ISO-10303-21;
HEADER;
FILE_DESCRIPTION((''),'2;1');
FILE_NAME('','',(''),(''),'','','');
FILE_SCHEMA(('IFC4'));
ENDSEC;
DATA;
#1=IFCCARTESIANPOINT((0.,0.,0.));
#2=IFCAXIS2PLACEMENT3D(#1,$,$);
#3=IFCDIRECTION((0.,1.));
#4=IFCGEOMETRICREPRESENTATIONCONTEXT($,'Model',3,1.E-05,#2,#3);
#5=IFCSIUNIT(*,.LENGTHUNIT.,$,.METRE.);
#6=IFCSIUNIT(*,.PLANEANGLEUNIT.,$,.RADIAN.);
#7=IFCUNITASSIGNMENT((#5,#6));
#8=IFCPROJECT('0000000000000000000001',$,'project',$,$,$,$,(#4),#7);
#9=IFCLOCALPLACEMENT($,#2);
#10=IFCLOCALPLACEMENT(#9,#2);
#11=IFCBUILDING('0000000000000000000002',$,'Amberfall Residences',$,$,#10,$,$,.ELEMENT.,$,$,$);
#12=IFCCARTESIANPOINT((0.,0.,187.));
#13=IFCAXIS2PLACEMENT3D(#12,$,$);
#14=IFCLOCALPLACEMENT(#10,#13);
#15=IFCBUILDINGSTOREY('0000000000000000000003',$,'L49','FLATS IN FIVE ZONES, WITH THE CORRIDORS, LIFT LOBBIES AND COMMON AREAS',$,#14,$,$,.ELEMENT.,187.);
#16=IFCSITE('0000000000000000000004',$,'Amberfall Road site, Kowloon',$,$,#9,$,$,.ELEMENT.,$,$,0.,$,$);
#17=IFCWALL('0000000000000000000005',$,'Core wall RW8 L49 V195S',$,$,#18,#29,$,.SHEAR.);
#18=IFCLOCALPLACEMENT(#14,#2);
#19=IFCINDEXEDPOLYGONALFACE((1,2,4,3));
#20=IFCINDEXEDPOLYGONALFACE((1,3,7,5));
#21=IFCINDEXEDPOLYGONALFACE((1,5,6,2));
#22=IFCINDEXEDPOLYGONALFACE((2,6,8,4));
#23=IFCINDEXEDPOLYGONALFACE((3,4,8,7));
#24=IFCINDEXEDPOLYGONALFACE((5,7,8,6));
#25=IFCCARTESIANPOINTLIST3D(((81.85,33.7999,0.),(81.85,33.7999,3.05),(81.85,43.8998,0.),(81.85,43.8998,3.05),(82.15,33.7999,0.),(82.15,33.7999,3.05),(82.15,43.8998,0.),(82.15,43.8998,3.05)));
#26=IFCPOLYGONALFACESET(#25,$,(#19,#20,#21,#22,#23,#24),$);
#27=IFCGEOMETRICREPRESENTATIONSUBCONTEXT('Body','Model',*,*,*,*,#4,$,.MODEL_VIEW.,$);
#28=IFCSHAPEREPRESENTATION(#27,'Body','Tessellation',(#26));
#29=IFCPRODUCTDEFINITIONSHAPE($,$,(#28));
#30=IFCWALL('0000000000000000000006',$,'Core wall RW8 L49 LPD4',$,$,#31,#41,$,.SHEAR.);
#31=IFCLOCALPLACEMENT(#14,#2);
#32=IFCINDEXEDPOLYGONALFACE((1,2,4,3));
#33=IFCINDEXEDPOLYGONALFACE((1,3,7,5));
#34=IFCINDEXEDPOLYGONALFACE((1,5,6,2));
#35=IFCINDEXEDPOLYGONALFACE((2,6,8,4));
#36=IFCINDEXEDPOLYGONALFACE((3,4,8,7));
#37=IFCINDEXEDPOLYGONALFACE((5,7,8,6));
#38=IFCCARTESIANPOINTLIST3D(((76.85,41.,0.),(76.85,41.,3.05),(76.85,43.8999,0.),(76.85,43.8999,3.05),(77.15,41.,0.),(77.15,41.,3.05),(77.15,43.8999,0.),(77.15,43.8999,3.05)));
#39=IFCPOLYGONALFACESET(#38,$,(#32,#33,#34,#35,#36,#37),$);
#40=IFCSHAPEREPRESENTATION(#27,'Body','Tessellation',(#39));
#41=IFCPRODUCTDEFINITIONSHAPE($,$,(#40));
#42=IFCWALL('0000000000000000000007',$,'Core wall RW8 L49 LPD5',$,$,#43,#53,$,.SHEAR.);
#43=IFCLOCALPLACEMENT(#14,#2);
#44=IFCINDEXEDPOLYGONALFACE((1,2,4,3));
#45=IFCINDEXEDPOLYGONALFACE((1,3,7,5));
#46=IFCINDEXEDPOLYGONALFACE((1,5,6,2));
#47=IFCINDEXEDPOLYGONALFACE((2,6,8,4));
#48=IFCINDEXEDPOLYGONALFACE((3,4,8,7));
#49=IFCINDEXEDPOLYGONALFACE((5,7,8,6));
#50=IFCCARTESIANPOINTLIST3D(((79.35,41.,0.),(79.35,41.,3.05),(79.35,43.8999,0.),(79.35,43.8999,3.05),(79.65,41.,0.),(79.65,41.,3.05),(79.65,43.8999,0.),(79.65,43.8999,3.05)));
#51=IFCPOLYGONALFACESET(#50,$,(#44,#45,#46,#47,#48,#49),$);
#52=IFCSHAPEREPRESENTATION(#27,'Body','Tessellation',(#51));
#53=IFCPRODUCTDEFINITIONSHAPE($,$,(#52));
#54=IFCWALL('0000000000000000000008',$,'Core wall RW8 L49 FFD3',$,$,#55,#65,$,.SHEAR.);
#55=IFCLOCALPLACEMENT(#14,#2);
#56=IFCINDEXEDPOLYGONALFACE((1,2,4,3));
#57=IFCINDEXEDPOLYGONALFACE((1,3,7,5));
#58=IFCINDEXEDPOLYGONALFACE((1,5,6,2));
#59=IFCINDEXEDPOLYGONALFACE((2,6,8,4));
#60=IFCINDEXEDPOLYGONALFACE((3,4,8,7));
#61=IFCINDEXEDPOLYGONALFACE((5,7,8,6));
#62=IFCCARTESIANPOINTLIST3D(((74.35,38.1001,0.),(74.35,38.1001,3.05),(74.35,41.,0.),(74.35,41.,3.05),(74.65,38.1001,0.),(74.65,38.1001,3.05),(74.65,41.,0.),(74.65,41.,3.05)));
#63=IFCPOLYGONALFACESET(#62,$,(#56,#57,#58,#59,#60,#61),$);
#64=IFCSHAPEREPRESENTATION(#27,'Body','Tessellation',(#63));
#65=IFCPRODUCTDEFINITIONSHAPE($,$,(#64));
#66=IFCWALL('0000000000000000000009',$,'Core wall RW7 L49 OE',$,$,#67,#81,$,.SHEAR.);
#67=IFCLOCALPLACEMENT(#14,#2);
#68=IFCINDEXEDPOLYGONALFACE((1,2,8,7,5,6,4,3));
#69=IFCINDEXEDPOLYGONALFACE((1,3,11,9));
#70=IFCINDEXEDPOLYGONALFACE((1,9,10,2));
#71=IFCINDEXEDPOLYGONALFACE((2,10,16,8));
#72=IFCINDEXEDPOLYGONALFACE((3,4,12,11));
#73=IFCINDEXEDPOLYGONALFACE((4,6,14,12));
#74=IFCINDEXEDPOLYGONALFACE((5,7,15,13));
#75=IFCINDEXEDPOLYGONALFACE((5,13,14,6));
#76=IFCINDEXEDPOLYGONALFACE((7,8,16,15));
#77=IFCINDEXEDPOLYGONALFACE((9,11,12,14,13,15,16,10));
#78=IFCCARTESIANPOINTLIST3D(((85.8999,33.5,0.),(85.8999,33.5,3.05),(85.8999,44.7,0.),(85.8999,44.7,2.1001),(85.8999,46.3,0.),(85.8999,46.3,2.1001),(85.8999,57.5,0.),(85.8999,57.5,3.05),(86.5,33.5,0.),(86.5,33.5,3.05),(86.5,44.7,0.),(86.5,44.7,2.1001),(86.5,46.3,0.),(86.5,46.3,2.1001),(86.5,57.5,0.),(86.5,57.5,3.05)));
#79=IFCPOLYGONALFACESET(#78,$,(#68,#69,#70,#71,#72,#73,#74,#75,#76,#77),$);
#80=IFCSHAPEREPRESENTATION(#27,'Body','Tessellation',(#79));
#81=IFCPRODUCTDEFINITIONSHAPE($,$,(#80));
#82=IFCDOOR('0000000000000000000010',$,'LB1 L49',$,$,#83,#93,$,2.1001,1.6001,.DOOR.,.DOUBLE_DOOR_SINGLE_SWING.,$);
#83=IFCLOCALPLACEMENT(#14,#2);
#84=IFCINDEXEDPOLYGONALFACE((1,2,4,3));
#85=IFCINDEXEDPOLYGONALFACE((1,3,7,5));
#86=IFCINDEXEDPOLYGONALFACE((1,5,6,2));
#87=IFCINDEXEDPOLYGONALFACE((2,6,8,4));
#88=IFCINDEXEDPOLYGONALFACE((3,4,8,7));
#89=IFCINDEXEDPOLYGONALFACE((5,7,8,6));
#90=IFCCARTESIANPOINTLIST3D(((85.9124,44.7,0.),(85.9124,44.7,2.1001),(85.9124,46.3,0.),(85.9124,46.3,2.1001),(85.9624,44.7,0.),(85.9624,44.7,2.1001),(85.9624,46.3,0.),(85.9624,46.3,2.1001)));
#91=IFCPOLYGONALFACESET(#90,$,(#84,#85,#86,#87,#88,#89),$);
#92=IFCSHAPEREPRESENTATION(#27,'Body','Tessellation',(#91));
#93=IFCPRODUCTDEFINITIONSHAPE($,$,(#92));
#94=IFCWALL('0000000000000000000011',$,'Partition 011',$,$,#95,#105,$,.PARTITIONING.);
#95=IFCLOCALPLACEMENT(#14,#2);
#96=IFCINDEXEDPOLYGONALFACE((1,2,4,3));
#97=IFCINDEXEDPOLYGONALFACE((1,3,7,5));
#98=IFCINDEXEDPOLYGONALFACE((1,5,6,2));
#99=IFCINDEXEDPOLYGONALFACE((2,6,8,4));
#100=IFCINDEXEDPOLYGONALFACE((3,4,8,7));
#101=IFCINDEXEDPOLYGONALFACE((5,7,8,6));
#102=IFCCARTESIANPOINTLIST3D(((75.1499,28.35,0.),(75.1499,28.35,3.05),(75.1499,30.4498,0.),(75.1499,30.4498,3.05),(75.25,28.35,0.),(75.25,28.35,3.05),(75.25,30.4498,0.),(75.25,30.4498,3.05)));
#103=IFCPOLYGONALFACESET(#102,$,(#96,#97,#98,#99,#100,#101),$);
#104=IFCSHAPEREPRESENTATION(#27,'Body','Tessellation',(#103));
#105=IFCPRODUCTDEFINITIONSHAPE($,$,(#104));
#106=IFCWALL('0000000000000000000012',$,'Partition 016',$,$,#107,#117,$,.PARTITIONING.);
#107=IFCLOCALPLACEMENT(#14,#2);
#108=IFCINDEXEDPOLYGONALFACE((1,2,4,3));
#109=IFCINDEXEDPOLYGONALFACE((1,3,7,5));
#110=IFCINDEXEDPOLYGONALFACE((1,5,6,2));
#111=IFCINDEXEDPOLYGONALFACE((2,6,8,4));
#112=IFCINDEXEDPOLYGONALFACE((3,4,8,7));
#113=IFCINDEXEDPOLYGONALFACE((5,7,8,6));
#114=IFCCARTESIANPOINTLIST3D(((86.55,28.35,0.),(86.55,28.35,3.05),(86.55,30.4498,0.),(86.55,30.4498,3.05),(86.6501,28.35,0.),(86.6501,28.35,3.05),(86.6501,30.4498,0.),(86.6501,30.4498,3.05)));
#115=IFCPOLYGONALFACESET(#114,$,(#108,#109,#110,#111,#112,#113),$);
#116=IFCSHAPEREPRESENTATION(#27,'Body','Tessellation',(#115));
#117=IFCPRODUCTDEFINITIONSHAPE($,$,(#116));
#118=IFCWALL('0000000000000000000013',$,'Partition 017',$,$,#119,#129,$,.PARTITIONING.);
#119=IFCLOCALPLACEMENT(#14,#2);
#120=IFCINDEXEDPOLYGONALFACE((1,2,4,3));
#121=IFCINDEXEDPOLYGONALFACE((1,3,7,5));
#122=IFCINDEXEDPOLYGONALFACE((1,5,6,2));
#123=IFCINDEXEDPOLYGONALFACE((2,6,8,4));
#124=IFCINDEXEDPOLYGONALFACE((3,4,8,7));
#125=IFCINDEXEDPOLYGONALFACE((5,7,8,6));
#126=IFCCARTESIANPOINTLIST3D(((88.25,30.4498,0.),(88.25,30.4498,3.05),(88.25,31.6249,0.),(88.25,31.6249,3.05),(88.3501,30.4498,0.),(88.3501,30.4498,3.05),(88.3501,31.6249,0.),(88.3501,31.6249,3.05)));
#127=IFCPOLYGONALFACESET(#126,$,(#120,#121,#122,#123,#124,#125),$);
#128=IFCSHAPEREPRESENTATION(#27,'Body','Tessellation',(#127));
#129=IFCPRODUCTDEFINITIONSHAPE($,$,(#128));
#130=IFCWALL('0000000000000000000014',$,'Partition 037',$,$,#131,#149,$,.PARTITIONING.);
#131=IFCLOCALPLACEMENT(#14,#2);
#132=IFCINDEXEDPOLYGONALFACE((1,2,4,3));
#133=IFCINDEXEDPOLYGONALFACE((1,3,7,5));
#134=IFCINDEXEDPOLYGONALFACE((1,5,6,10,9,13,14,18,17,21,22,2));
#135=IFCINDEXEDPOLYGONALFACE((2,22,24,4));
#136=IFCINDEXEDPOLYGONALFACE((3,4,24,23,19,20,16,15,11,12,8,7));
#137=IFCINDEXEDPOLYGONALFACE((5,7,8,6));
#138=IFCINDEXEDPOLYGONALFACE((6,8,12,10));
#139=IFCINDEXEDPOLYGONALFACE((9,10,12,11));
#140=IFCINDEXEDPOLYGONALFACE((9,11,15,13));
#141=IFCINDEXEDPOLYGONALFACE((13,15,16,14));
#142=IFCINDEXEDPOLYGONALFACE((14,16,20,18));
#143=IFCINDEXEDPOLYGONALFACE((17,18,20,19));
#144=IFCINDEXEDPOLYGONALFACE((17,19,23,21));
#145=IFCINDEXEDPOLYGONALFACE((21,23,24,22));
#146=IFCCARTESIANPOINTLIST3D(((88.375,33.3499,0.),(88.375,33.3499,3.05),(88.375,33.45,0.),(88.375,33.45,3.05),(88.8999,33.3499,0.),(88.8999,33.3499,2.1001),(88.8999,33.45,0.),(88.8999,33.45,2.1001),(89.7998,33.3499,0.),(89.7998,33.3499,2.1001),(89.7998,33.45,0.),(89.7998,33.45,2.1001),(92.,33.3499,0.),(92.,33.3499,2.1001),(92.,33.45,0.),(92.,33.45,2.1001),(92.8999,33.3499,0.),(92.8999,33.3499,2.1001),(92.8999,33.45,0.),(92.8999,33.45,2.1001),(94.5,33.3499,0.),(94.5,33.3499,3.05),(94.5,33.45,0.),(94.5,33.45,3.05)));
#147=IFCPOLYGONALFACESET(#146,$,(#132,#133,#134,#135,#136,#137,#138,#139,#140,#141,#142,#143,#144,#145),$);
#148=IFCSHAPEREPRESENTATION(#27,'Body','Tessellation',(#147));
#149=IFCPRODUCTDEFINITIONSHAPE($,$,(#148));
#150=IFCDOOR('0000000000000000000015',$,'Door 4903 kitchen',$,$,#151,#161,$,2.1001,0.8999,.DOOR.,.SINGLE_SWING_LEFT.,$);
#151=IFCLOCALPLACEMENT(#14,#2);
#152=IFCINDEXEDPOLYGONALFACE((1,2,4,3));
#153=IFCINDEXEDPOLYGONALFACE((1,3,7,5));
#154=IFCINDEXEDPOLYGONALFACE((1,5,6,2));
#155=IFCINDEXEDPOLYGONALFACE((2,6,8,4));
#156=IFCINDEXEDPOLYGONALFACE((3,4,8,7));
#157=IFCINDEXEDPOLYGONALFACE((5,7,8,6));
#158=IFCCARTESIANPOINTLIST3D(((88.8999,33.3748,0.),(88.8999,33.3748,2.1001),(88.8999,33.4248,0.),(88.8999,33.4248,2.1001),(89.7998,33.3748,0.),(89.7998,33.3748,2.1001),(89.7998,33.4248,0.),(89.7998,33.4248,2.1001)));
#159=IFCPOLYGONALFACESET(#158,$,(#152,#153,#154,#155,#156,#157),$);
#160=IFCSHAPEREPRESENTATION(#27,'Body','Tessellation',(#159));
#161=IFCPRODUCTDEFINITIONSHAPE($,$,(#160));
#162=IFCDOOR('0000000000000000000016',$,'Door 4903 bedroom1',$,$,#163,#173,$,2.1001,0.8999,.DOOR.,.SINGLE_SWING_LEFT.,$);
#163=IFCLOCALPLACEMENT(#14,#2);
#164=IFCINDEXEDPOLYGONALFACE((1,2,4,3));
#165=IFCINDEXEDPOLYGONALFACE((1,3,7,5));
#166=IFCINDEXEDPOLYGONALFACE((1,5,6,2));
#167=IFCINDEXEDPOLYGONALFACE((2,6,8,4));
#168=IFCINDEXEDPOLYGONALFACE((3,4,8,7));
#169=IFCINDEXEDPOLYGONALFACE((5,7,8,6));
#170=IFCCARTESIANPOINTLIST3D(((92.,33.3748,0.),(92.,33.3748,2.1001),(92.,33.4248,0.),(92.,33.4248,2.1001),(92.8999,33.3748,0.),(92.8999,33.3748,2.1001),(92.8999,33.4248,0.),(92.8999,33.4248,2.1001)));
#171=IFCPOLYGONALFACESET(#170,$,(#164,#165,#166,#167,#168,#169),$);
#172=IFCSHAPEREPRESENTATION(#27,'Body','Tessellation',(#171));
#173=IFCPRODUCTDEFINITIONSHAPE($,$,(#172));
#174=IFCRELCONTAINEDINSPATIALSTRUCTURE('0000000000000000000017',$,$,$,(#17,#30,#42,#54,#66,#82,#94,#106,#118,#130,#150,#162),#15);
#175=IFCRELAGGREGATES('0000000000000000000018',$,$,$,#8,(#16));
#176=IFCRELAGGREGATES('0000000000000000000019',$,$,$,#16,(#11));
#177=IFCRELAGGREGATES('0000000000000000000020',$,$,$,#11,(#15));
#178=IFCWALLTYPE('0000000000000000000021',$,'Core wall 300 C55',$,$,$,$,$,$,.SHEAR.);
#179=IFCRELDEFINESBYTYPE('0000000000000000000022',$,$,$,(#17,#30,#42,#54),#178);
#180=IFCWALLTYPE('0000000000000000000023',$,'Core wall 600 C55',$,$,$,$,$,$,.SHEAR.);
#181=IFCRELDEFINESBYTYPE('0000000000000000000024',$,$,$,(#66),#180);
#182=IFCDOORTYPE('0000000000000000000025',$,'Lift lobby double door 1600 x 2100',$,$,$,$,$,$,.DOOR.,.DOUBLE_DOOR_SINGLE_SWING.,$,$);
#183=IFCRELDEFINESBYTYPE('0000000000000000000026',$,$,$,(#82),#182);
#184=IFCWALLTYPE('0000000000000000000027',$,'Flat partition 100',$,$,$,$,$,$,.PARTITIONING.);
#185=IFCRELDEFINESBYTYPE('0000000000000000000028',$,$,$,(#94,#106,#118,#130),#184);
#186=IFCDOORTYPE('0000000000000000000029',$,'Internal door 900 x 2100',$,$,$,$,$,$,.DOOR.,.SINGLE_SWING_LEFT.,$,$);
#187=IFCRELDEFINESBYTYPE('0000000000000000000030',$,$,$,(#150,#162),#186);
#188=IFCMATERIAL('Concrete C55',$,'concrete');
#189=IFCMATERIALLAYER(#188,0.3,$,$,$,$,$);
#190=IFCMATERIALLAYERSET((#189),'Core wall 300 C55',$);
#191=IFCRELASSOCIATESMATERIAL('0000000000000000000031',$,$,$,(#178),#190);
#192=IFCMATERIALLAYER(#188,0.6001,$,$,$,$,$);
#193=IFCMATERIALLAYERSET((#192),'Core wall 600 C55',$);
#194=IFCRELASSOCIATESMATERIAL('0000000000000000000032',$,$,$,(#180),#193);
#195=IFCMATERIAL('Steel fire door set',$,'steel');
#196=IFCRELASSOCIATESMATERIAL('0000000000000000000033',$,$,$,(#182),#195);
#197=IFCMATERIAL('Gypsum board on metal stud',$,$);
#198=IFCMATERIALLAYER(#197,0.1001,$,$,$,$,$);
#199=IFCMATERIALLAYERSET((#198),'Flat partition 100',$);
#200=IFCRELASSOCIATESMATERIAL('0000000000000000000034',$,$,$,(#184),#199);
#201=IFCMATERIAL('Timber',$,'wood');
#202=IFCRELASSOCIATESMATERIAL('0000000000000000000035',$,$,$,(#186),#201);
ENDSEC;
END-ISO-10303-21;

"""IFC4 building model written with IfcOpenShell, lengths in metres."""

from ifc_helpers import new_model, si_unit, direction, frame, frame_2d, origin, place, context, subcontext, project, spatial, rectangle, extrude, material, layer, layer_set, type_object, element, fill, save


model = new_model("IFC4")

# Units and contexts
model_context = context("Model", 3, precision=1e-05, world=origin(), true_north=direction((0.0, 1.0)))
body_context = subcontext(model_context, "Body", "Model", "MODEL_VIEW")
ifc_project = project(units=[si_unit("LENGTHUNIT", "METRE"), si_unit("PLANEANGLEUNIT", "RADIAN")], contexts=[model_context])

# Site, building, storey
site_placement = place(None, origin())
site = spatial("IfcSite", under=ifc_project, at=site_placement, Name="Amberfall Road site, Kowloon", CompositionType="ELEMENT", RefElevation=0.0)
building_placement = place(site_placement, origin())
building = spatial("IfcBuilding", under=site, at=building_placement, Name="Amberfall Residences", CompositionType="ELEMENT")
storey_placement = place(building_placement, frame((0.0, 0.0, 187.0)))
storey = spatial("IfcBuildingStorey", under=building, at=storey_placement, Name="L49", Description="FLATS IN FIVE ZONES, WITH THE CORRIDORS, LIFT LOBBIES AND COMMON AREAS", CompositionType="ELEMENT", Elevation=187.0)

# Walls
ifc_material_1 = material(Name="Concrete C55", Category="concrete")
ifc_layer_1 = layer(ifc_material_1, 0.3)
ifc_layer_set_1 = layer_set([ifc_layer_1], Name="Core wall 300 C55")
wall_type_1 = type_object("IfcWallType", Name="Core wall 300 C55", PredefinedType="SHEAR", material=ifc_layer_set_1)
wall_1_placement = place(storey_placement, frame((82.0, 33.8, 0.0), z_axis=(0.0, 0.0, 1.0), x_axis=(0.0, 1.0, 0.0)))
element("IfcWall", 1, at=wall_1_placement, inside=storey, type_object=wall_type_1, Name="Core wall RW8 L49 V195S", PredefinedType="SHEAR", context=body_context, shape_type="SweptSolid", body=[
    extrude(rectangle(XDim=10.0999, YDim=0.3, at=frame_2d((5.0498, 0.0))), origin(), (0.0, 0.0, 1.0), 3.05),
])
for number, where, z_axis, x_axis, name in (
    (2, (77.0, 41.0, 0.0), (0.0, 0.0, 1.0), (0.0, 1.0, 0.0), "Core wall RW8 L49 LPD4"),
    (3, (79.5, 41.0, 0.0), (0.0, 0.0, 1.0), (0.0, 1.0, 0.0), "Core wall RW8 L49 LPD5"),
    (4, (74.5, 38.1001, 0.0), (0.0, 0.0, 1.0), (0.0, 1.0, 0.0), "Core wall RW8 L49 FFD3"),
):
    element("IfcWall", number, at=place(storey_placement, frame(where, z_axis=z_axis, x_axis=x_axis)), inside=storey, type_object=wall_type_1, Name=name, PredefinedType="SHEAR", context=body_context, shape_type="SweptSolid", body=[
        extrude(rectangle(XDim=2.8999, YDim=0.3, at=frame_2d((1.45, 0.0))), origin(), (0.0, 0.0, 1.0), 3.05),
    ])

# Wall, opening, door
ifc_layer_2 = layer(ifc_material_1, 0.6001)
ifc_layer_set_2 = layer_set([ifc_layer_2], Name="Core wall 600 C55")
wall_type_2 = type_object("IfcWallType", Name="Core wall 600 C55", PredefinedType="SHEAR", material=ifc_layer_set_2)
wall_2_placement = place(storey_placement, frame((86.2, 33.5, 0.0), z_axis=(0.0, 0.0, 1.0), x_axis=(0.0, 1.0, 0.0)))
wall_2 = element("IfcWall", 5, at=wall_2_placement, inside=storey, type_object=wall_type_2, Name="Core wall RW7 L49 OE", PredefinedType="SHEAR", context=body_context, shape_type="SweptSolid", body=[
    extrude(rectangle(XDim=24.0, YDim=0.6001, at=frame_2d((12.0, 0.0))), origin(), (0.0, 0.0, 1.0), 3.05),
])
opening_1_placement = place(wall_2_placement, frame((11.2, 0.0, 0.0)))
opening_1 = element("IfcOpeningElement", 6, at=opening_1_placement, cuts=wall_2, PredefinedType="OPENING", context=body_context, shape_type="SweptSolid", body=[
    extrude(rectangle(XDim=1.6001, YDim=2.1001, at=frame_2d((0.8, 1.05))), frame((0.0, 0.3101, 0.0), z_axis=(0.0, -1.0, 0.0), x_axis=(1.0, 0.0, 0.0)), (0.0, 0.0, 1.0), 0.6201),
])
ifc_material_2 = material(Name="Steel fire door set", Category="steel")
door_type_1 = type_object("IfcDoorType", Name="Lift lobby double door 1600 x 2100", OperationType="DOUBLE_DOOR_SINGLE_SWING", PredefinedType="DOOR", material=ifc_material_2)
door_1_placement = place(opening_1_placement, origin())
door_1 = element("IfcDoor", 7, at=door_1_placement, inside=storey, type_object=door_type_1, Name="LB1 L49", OperationType="DOUBLE_DOOR_SINGLE_SWING", OverallHeight=2.1001, OverallWidth=1.6001, PredefinedType="DOOR", context=body_context, shape_type="SweptSolid", body=[
    extrude(rectangle(XDim=1.6001, YDim=2.1001, at=frame_2d((0.8, 1.05))), frame((0.0, 0.2876, 0.0), z_axis=(0.0, -1.0, 0.0), x_axis=(1.0, 0.0, 0.0)), (0.0, 0.0, 1.0), 0.05),
])
fill(opening_1, door_1)

# Walls
ifc_material_3 = material(Name="Gypsum board on metal stud")
ifc_layer_3 = layer(ifc_material_3, 0.1001)
ifc_layer_set_3 = layer_set([ifc_layer_3], Name="Flat partition 100")
wall_type_3 = type_object("IfcWallType", Name="Flat partition 100", PredefinedType="PARTITIONING", material=ifc_layer_set_3)
for number, where, z_axis, x_axis, name in (
    (8, (75.2, 28.3501, 0.0), (0.0, 0.0, 1.0), (0.0, 1.0, 0.0), "Partition 011"),
    (9, (86.6001, 28.3501, 0.0), (0.0, 0.0, 1.0), (0.0, 1.0, 0.0), "Partition 016"),
):
    element("IfcWall", number, at=place(storey_placement, frame(where, z_axis=z_axis, x_axis=x_axis)), inside=storey, type_object=wall_type_3, Name=name, PredefinedType="PARTITIONING", context=body_context, shape_type="SweptSolid", body=[
        extrude(rectangle(XDim=2.0999, YDim=0.1001, at=frame_2d((1.0498, 0.0))), origin(), (0.0, 0.0, 1.0), 3.05),
    ])
wall_3_placement = place(storey_placement, frame((88.3, 30.45, 0.0), z_axis=(0.0, 0.0, 1.0), x_axis=(0.0, 1.0, 0.0)))
element("IfcWall", 10, at=wall_3_placement, inside=storey, type_object=wall_type_3, Name="Partition 017", PredefinedType="PARTITIONING", context=body_context, shape_type="SweptSolid", body=[
    extrude(rectangle(XDim=1.175, YDim=0.1001, at=frame_2d((0.5874, 0.0))), origin(), (0.0, 0.0, 1.0), 3.05),
])

# Wall, openings, doors
wall_4_placement = place(storey_placement, frame((88.375, 33.3999, 0.0), z_axis=(0.0, 0.0, 1.0), x_axis=(1.0, 0.0, 0.0)))
wall_4 = element("IfcWall", 11, at=wall_4_placement, inside=storey, type_object=wall_type_3, Name="Partition 037", PredefinedType="PARTITIONING", context=body_context, shape_type="SweptSolid", body=[
    extrude(rectangle(XDim=6.125, YDim=0.1001, at=frame_2d((3.0625, 0.0))), origin(), (0.0, 0.0, 1.0), 3.05),
])
opening_2_placement = place(wall_4_placement, frame((0.5249, 0.0, 0.0)))
opening_2 = element("IfcOpeningElement", 12, at=opening_2_placement, cuts=wall_4, PredefinedType="OPENING", context=body_context, shape_type="SweptSolid", body=[
    extrude(rectangle(XDim=0.8999, YDim=2.1001, at=frame_2d((0.45, 1.05))), frame((0.0, 0.0601, 0.0), z_axis=(0.0, -1.0, 0.0), x_axis=(1.0, 0.0, 0.0)), (0.0, 0.0, 1.0), 0.1201),
])
opening_3_placement = place(wall_4_placement, frame((3.625, 0.0, 0.0)))
opening_3 = element("IfcOpeningElement", 13, at=opening_3_placement, cuts=wall_4, PredefinedType="OPENING", context=body_context, shape_type="SweptSolid", body=[
    extrude(rectangle(XDim=0.8999, YDim=2.1001, at=frame_2d((0.45, 1.05))), frame((0.0, 0.0601, 0.0), z_axis=(0.0, -1.0, 0.0), x_axis=(1.0, 0.0, 0.0)), (0.0, 0.0, 1.0), 0.1201),
])
ifc_material_4 = material(Name="Timber", Category="wood")
door_type_2 = type_object("IfcDoorType", Name="Internal door 900 x 2100", OperationType="SINGLE_SWING_LEFT", PredefinedType="DOOR", material=ifc_material_4)
door_2_placement = place(opening_2_placement, origin())
door_2 = element("IfcDoor", 14, at=door_2_placement, inside=storey, type_object=door_type_2, Name="Door 4903 kitchen", OperationType="SINGLE_SWING_LEFT", OverallHeight=2.1001, OverallWidth=0.8999, PredefinedType="DOOR", context=body_context, shape_type="SweptSolid", body=[
    extrude(rectangle(XDim=0.8999, YDim=2.1001, at=frame_2d((0.45, 1.05))), frame((0.0, 0.0249, 0.0), z_axis=(0.0, -1.0, 0.0), x_axis=(1.0, 0.0, 0.0)), (0.0, 0.0, 1.0), 0.05),
])
fill(opening_2, door_2)
door_3_placement = place(opening_3_placement, origin())
door_3 = element("IfcDoor", 15, at=door_3_placement, inside=storey, type_object=door_type_2, Name="Door 4903 bedroom1", OperationType="SINGLE_SWING_LEFT", OverallHeight=2.1001, OverallWidth=0.8999, PredefinedType="DOOR", context=body_context, shape_type="SweptSolid", body=[
    extrude(rectangle(XDim=0.8999, YDim=2.1001, at=frame_2d((0.45, 1.05))), frame((0.0, 0.0249, 0.0), z_axis=(0.0, -1.0, 0.0), x_axis=(1.0, 0.0, 0.0)), (0.0, 0.0, 1.0), 0.05),
])
fill(opening_3, door_3)

save(model, "model.ifc")
